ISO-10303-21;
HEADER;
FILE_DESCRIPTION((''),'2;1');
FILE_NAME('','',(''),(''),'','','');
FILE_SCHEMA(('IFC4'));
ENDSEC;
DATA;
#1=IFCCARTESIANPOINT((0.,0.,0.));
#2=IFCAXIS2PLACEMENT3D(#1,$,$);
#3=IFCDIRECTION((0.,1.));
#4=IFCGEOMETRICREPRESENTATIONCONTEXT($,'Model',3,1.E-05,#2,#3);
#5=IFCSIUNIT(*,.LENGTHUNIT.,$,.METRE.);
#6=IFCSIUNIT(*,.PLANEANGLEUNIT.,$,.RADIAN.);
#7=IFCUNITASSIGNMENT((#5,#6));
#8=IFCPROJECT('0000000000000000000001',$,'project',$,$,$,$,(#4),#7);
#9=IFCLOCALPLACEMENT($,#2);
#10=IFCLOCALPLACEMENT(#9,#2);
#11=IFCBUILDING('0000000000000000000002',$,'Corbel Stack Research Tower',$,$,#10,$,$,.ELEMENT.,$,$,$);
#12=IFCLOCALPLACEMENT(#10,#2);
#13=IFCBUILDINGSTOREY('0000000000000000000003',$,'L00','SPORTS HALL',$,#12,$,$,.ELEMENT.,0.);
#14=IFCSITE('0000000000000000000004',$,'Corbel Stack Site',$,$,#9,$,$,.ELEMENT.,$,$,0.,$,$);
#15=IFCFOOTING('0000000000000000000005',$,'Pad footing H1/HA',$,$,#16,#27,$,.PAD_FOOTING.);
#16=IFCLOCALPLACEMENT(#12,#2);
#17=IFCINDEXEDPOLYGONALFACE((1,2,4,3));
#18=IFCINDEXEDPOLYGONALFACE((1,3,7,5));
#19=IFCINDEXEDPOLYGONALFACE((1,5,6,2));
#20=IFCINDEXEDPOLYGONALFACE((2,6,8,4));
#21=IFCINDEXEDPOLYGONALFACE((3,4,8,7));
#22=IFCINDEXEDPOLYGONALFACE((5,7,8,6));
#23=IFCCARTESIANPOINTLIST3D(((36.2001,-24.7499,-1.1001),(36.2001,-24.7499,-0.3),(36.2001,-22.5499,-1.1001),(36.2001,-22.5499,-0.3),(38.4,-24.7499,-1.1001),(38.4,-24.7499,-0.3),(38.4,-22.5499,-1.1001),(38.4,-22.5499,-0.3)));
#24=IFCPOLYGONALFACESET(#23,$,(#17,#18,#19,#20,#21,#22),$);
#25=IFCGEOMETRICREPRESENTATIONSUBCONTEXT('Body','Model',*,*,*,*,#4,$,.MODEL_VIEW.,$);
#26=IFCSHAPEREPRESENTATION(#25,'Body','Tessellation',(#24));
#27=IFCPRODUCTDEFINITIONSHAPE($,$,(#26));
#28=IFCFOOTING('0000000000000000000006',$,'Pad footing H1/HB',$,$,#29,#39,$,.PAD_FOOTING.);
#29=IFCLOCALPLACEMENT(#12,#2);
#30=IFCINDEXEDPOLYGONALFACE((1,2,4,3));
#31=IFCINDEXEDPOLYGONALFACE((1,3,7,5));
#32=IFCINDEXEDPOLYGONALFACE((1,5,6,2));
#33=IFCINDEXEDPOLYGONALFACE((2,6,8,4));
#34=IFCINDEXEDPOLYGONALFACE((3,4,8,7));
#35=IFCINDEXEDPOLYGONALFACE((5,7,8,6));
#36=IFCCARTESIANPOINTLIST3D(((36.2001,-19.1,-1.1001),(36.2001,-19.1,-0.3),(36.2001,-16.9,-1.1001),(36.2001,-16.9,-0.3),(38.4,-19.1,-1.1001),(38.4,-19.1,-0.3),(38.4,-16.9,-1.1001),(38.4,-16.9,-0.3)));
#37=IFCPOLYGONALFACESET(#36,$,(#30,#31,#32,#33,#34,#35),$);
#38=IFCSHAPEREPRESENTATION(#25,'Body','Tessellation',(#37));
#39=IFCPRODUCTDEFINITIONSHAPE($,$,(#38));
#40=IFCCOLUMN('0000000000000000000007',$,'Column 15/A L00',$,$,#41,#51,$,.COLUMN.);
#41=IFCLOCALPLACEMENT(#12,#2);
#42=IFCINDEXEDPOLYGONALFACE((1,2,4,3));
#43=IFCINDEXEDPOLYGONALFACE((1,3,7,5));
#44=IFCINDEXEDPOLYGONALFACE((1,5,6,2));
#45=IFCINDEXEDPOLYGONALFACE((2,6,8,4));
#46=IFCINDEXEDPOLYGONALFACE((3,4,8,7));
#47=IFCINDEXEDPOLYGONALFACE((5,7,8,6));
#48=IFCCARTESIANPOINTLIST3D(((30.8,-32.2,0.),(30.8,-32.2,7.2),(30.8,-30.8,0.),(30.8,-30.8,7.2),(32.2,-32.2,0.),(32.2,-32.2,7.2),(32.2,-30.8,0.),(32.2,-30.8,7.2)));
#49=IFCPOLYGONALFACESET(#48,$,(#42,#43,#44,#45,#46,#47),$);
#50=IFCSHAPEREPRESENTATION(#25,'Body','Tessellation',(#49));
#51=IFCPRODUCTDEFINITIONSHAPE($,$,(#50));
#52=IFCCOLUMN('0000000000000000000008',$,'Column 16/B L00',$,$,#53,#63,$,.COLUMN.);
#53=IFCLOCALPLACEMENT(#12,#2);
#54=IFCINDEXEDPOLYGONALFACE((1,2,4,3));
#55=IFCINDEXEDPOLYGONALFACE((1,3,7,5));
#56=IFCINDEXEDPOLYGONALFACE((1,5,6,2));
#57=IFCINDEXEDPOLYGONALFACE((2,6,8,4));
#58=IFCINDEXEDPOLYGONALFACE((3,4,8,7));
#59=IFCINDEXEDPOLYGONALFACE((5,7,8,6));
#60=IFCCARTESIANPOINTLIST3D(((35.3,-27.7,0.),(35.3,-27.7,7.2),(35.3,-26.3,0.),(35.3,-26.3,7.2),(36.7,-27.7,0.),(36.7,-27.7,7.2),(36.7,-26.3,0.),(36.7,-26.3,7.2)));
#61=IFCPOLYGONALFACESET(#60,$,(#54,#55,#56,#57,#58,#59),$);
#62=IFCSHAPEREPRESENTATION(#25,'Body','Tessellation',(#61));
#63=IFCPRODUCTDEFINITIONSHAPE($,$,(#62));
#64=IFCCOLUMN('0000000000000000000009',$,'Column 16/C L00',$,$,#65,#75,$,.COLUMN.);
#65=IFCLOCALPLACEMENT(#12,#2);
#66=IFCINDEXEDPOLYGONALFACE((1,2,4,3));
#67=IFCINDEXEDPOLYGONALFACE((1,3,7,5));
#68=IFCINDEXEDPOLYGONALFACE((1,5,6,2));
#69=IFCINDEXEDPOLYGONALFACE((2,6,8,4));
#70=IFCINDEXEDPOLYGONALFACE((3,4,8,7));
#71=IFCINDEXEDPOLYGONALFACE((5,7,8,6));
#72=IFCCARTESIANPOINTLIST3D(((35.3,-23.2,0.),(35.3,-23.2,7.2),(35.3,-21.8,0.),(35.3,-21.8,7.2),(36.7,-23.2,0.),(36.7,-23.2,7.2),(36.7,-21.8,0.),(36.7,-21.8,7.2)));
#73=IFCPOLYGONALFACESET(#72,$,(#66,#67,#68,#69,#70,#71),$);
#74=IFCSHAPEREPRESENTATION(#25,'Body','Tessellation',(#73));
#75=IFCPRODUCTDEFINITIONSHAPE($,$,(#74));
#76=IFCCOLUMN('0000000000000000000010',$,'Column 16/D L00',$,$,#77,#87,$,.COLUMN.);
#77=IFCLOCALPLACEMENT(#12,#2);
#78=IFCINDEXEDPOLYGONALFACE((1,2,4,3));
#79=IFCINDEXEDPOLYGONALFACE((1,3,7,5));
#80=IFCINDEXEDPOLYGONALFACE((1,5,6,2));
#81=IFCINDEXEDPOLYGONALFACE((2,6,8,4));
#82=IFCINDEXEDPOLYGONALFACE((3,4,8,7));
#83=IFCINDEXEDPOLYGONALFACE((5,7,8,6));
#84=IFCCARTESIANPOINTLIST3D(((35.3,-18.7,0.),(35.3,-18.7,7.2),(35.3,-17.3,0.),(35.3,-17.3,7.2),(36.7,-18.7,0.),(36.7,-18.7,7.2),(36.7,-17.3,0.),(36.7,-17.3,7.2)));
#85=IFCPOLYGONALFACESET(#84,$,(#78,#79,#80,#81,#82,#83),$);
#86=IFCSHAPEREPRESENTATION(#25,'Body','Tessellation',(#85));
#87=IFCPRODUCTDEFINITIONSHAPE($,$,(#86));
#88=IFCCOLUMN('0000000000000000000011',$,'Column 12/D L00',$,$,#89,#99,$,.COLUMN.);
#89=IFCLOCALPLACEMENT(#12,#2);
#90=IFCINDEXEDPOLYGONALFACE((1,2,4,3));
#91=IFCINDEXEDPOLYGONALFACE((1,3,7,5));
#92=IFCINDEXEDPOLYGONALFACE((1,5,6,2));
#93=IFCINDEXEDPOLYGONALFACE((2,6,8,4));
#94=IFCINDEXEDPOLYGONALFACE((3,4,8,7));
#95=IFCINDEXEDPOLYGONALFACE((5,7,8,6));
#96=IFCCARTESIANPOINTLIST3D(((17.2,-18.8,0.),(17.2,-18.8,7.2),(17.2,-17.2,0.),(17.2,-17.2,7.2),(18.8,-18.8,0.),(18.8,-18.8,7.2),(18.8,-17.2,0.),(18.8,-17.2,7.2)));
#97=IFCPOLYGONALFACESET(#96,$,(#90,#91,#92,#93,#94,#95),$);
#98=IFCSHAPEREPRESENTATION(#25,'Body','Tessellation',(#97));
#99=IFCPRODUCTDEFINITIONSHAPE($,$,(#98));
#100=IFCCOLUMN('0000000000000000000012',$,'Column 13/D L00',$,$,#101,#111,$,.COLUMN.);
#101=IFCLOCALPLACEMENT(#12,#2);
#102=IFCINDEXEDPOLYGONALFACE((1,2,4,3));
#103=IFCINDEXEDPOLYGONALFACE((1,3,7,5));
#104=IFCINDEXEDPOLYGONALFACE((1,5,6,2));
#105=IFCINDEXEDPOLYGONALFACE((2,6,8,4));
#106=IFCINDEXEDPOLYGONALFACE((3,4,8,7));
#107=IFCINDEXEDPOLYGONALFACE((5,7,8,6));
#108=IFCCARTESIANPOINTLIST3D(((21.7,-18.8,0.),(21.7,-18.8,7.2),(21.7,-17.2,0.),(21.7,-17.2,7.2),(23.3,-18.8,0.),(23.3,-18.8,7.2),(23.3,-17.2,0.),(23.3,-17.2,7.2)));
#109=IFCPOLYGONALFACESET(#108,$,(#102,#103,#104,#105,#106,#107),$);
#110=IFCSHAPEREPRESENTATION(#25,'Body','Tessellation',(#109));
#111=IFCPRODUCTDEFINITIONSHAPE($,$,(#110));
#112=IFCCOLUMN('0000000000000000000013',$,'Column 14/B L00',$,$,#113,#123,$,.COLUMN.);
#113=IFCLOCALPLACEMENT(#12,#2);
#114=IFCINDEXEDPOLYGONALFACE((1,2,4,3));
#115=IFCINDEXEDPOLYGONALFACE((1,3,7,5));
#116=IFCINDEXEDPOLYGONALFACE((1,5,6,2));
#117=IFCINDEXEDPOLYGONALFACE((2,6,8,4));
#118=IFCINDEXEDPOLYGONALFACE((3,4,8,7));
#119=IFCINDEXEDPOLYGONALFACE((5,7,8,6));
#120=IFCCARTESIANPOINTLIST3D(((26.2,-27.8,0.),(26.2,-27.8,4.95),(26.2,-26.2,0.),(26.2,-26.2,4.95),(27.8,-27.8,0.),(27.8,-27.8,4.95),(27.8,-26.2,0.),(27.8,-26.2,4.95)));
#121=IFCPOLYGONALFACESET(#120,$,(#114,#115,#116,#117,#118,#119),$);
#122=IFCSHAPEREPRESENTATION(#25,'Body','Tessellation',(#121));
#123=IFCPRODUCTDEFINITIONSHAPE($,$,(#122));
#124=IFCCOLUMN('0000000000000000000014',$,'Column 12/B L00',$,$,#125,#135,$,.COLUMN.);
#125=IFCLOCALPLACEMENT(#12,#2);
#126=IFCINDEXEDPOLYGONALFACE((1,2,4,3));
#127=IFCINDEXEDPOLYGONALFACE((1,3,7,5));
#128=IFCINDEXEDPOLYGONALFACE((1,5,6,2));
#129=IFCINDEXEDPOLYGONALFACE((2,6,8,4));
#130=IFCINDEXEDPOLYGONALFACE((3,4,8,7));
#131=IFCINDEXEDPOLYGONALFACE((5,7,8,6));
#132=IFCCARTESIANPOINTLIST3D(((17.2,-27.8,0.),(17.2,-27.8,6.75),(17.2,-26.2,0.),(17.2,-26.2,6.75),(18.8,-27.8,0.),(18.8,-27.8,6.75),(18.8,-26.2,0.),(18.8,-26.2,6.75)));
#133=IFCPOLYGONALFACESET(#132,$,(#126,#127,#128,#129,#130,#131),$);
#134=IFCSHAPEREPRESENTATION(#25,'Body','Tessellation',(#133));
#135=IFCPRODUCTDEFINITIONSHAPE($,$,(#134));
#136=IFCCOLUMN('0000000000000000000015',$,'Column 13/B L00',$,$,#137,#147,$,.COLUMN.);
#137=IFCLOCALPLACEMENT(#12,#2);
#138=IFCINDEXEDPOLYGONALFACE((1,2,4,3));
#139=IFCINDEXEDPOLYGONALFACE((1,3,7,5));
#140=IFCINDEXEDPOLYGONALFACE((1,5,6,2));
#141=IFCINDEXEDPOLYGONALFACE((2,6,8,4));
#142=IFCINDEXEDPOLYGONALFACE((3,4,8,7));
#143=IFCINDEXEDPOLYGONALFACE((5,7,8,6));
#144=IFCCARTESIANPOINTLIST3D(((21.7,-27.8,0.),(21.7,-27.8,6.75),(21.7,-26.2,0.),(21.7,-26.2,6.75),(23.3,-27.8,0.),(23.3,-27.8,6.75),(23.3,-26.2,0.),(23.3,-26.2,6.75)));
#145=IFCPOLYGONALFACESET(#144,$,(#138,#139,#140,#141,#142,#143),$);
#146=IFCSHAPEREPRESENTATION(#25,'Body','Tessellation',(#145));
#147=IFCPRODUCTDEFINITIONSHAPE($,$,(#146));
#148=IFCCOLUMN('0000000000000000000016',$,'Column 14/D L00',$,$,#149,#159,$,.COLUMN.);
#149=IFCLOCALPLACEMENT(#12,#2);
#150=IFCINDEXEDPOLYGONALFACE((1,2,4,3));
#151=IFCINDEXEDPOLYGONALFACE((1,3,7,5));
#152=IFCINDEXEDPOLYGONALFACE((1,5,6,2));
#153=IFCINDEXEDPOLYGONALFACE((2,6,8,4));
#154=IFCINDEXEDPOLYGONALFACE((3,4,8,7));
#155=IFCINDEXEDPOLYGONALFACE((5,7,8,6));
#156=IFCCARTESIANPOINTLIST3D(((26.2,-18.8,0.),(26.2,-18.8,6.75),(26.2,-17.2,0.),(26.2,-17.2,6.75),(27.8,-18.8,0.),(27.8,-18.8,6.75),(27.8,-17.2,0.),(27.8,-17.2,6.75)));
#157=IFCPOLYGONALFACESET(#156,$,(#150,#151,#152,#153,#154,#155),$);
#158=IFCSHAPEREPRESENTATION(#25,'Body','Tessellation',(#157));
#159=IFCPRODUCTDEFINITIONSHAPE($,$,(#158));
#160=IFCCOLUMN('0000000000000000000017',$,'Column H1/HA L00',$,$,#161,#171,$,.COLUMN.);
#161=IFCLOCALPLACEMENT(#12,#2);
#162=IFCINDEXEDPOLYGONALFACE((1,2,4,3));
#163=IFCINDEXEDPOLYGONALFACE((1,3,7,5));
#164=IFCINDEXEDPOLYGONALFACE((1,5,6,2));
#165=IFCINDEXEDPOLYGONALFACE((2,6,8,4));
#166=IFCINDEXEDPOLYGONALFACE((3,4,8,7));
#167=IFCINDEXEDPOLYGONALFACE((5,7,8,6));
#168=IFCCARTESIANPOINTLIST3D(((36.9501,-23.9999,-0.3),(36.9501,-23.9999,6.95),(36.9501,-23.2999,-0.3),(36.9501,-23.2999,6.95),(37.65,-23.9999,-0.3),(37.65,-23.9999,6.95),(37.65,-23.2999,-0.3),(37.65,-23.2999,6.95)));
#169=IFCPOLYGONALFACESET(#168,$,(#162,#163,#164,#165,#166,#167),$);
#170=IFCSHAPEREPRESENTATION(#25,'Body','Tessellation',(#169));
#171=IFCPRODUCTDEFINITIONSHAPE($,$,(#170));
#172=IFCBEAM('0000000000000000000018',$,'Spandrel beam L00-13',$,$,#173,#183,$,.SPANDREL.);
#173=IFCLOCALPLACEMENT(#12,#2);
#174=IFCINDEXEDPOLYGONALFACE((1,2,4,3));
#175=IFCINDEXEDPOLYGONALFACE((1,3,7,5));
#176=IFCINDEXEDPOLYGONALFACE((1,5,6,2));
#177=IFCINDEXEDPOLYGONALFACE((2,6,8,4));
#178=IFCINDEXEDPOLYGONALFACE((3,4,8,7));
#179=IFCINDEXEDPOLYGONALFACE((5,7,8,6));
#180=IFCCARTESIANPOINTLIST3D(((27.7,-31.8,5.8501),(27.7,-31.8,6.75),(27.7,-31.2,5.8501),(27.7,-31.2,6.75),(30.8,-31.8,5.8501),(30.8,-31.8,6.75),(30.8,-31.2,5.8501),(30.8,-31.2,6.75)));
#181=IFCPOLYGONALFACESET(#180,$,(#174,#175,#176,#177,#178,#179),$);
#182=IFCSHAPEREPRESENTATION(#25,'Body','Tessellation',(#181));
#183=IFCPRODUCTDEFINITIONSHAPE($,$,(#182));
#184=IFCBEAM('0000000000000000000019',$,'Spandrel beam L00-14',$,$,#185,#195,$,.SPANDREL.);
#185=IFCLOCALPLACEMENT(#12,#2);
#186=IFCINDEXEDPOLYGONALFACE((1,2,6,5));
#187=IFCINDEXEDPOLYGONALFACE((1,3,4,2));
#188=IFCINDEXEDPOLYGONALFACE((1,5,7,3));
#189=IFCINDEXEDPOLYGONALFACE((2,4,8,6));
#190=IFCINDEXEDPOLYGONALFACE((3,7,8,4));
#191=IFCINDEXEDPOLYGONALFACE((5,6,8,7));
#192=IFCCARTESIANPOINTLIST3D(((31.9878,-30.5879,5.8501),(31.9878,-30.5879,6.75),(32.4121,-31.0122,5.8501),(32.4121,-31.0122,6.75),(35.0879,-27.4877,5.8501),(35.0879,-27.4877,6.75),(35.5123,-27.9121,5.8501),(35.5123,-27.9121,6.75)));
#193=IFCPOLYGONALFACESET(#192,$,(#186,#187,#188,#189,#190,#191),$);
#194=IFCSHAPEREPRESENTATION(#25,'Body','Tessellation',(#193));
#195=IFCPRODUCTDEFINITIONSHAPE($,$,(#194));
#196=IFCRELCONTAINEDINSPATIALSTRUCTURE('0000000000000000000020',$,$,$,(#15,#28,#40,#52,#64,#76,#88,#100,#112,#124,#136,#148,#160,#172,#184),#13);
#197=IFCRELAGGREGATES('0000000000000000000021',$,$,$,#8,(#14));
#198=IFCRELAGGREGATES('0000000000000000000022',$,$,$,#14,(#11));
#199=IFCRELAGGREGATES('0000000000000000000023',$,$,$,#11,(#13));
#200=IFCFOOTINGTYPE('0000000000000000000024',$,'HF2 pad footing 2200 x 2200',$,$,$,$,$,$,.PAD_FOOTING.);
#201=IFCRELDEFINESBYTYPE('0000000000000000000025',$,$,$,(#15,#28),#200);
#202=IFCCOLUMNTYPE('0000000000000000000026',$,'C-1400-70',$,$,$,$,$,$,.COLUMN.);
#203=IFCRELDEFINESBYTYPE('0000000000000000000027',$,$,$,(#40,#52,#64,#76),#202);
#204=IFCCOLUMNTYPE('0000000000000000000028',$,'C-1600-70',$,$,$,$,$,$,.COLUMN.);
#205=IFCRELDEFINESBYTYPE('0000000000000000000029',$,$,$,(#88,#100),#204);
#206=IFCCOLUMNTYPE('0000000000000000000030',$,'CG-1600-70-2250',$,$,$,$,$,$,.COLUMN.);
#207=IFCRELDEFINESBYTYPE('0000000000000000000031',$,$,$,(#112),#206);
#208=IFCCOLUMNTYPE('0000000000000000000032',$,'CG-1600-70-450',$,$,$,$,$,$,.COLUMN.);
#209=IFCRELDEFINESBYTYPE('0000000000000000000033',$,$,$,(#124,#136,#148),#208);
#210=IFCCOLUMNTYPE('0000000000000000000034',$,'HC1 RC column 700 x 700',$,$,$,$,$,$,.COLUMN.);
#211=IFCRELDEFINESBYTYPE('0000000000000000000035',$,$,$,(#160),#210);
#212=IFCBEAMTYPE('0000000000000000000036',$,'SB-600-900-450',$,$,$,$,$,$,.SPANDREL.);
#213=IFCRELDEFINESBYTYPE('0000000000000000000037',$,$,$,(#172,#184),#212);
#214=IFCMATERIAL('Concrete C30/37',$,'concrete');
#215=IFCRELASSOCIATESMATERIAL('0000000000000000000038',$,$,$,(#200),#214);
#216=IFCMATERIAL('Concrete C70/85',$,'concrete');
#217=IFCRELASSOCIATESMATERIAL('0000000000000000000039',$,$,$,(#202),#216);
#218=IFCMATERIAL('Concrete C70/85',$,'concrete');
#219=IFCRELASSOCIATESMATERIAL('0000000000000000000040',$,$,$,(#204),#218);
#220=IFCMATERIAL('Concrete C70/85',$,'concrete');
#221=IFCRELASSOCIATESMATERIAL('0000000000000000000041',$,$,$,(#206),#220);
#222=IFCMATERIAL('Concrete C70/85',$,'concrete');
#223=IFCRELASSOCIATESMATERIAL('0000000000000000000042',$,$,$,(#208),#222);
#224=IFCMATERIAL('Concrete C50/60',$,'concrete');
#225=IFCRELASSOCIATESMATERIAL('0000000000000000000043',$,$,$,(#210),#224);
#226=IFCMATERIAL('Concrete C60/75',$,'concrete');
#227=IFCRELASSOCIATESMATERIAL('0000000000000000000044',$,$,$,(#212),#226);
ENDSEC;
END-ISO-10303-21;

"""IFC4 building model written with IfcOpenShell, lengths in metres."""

from ifc_helpers import new_model, si_unit, direction, frame, origin, origin_2d, place, context, subcontext, project, spatial, rectangle, extrude, material, material_profile, profile_set, type_object, element, save


model = new_model("IFC4")

# Units and contexts
model_context = context("Model", 3, precision=1e-05, world=origin(), true_north=direction((0.0, 1.0)))
body_context = subcontext(model_context, "Body", "Model", "MODEL_VIEW")
ifc_project = project(units=[si_unit("LENGTHUNIT", "METRE"), si_unit("PLANEANGLEUNIT", "RADIAN")], contexts=[model_context])

# Site, building, storey
site_placement = place(None, origin())
site = spatial("IfcSite", under=ifc_project, at=site_placement, Name="Corbel Stack Site", CompositionType="ELEMENT", RefElevation=0.0)
building_placement = place(site_placement, origin())
building = spatial("IfcBuilding", under=site, at=building_placement, Name="Corbel Stack Research Tower", CompositionType="ELEMENT")
storey_placement = place(building_placement, origin())
storey = spatial("IfcBuildingStorey", under=building, at=storey_placement, Name="L00", Description="SPORTS HALL", CompositionType="ELEMENT", Elevation=0.0)

# Footings
ifc_material_1 = material(Name="Concrete C30/37", Category="concrete")
footing_type = type_object("IfcFootingType", Name="HF2 pad footing 2200 x 2200", PredefinedType="PAD_FOOTING", material=ifc_material_1)
for number, where, z_axis, x_axis, name in (
    (1, (37.3, -23.6499, -1.1001), (0.0, 0.0, 1.0), (1.0, 0.0, 0.0), "Pad footing H1/HA"),
    (2, (37.3, -18.0, -1.1001), (0.0, 0.0, 1.0), (1.0, 0.0, 0.0), "Pad footing H1/HB"),
):
    element("IfcFooting", number, at=place(storey_placement, frame(where, z_axis=z_axis, x_axis=x_axis)), inside=storey, type_object=footing_type, Name=name, PredefinedType="PAD_FOOTING", context=body_context, shape_type="SweptSolid", body=[
        extrude(rectangle(XDim=2.2, YDim=2.2, at=origin_2d()), origin(), (0.0, 0.0, 1.0), 0.8),
    ])

# Columns
ifc_material_2 = material(Name="Concrete C70/85", Category="concrete")
ifc_material_profile_1 = material_profile(ifc_material_2, rectangle(XDim=1.3999, YDim=1.3999, at=origin_2d()), Name="RC 1400 x 1400")
ifc_profile_set_1 = profile_set([ifc_material_profile_1], Name="Concrete C70/85")
column_type_1 = type_object("IfcColumnType", Name="C-1400-70", PredefinedType="COLUMN", material=ifc_profile_set_1)
for number, where, z_axis, x_axis, name in (
    (3, (31.5, -31.5, 0.0), (0.0, 0.0, 1.0), (1.0, 0.0, 0.0), "Column 15/A L00"),
    (4, (36.0, -27.0, 0.0), (0.0, 0.0, 1.0), (1.0, 0.0, 0.0), "Column 16/B L00"),
    (5, (36.0, -22.5, 0.0), (0.0, 0.0, 1.0), (1.0, 0.0, 0.0), "Column 16/C L00"),
    (6, (36.0, -18.0, 0.0), (0.0, 0.0, 1.0), (1.0, 0.0, 0.0), "Column 16/D L00"),
):
    element("IfcColumn", number, at=place(storey_placement, frame(where, z_axis=z_axis, x_axis=x_axis)), inside=storey, type_object=column_type_1, Name=name, PredefinedType="COLUMN", context=body_context, shape_type="SweptSolid", body=[
        extrude(rectangle(XDim=1.3999, YDim=1.3999, at=origin_2d()), origin(), (0.0, 0.0, 1.0), 7.2),
    ])
ifc_material_3 = material(Name="Concrete C70/85", Category="concrete")
ifc_material_profile_2 = material_profile(ifc_material_3, rectangle(XDim=1.6001, YDim=1.6001, at=origin_2d()), Name="RC 1600 x 1600")
ifc_profile_set_2 = profile_set([ifc_material_profile_2], Name="Concrete C70/85")
column_type_2 = type_object("IfcColumnType", Name="C-1600-70", PredefinedType="COLUMN", material=ifc_profile_set_2)
for number, where, z_axis, x_axis, name in (
    (7, (18.0, -18.0, 0.0), (0.0, 0.0, 1.0), (1.0, 0.0, 0.0), "Column 12/D L00"),
    (8, (22.5, -18.0, 0.0), (0.0, 0.0, 1.0), (1.0, 0.0, 0.0), "Column 13/D L00"),
):
    element("IfcColumn", number, at=place(storey_placement, frame(where, z_axis=z_axis, x_axis=x_axis)), inside=storey, type_object=column_type_2, Name=name, PredefinedType="COLUMN", context=body_context, shape_type="SweptSolid", body=[
        extrude(rectangle(XDim=1.6001, YDim=1.6001, at=origin_2d()), origin(), (0.0, 0.0, 1.0), 7.2),
    ])
ifc_material_4 = material(Name="Concrete C70/85", Category="concrete")
ifc_material_profile_3 = material_profile(ifc_material_4, rectangle(XDim=1.6001, YDim=1.6001, at=origin_2d()), Name="RC 1600 x 1600")
ifc_profile_set_3 = profile_set([ifc_material_profile_3], Name="Concrete C70/85")
column_type_3 = type_object("IfcColumnType", Name="CG-1600-70-2250", PredefinedType="COLUMN", material=ifc_profile_set_3)
column_1_placement = place(storey_placement, frame((27.0, -27.0, 0.0), z_axis=(0.0, 0.0, 1.0), x_axis=(1.0, 0.0, 0.0)))
element("IfcColumn", 9, at=column_1_placement, inside=storey, type_object=column_type_3, Name="Column 14/B L00", PredefinedType="COLUMN", context=body_context, shape_type="SweptSolid", body=[
    extrude(rectangle(XDim=1.6001, YDim=1.6001, at=origin_2d()), origin(), (0.0, 0.0, 1.0), 4.95),
])
ifc_material_5 = material(Name="Concrete C70/85", Category="concrete")
ifc_material_profile_4 = material_profile(ifc_material_5, rectangle(XDim=1.6001, YDim=1.6001, at=origin_2d()), Name="RC 1600 x 1600")
ifc_profile_set_4 = profile_set([ifc_material_profile_4], Name="Concrete C70/85")
column_type_4 = type_object("IfcColumnType", Name="CG-1600-70-450", PredefinedType="COLUMN", material=ifc_profile_set_4)
for number, where, z_axis, x_axis, name in (
    (10, (18.0, -27.0, 0.0), (0.0, 0.0, 1.0), (1.0, 0.0, 0.0), "Column 12/B L00"),
    (11, (22.5, -27.0, 0.0), (0.0, 0.0, 1.0), (1.0, 0.0, 0.0), "Column 13/B L00"),
    (12, (27.0, -18.0, 0.0), (0.0, 0.0, 1.0), (1.0, 0.0, 0.0), "Column 14/D L00"),
):
    element("IfcColumn", number, at=place(storey_placement, frame(where, z_axis=z_axis, x_axis=x_axis)), inside=storey, type_object=column_type_4, Name=name, PredefinedType="COLUMN", context=body_context, shape_type="SweptSolid", body=[
        extrude(rectangle(XDim=1.6001, YDim=1.6001, at=origin_2d()), origin(), (0.0, 0.0, 1.0), 6.75),
    ])
ifc_material_6 = material(Name="Concrete C50/60", Category="concrete")
ifc_material_profile_5 = material_profile(ifc_material_6, rectangle(XDim=0.7, YDim=0.7, at=origin_2d()), Name="RC 700 x 700")
ifc_profile_set_5 = profile_set([ifc_material_profile_5], Name="Concrete C50/60")
column_type_5 = type_object("IfcColumnType", Name="HC1 RC column 700 x 700", PredefinedType="COLUMN", material=ifc_profile_set_5)
column_2_placement = place(storey_placement, frame((37.3, -23.6499, -0.3), z_axis=(0.0, 0.0, 1.0), x_axis=(1.0, 0.0, 0.0)))
element("IfcColumn", 13, at=column_2_placement, inside=storey, type_object=column_type_5, Name="Column H1/HA L00", PredefinedType="COLUMN", context=body_context, shape_type="SweptSolid", body=[
    extrude(rectangle(XDim=0.7, YDim=0.7, at=origin_2d()), origin(), (0.0, 0.0, 1.0), 7.25),
])

# Beams
ifc_material_7 = material(Name="Concrete C60/75", Category="concrete")
ifc_material_profile_6 = material_profile(ifc_material_7, rectangle(XDim=0.6001, YDim=0.8999, at=origin_2d()), Name="RC 600 x 900")
ifc_profile_set_6 = profile_set([ifc_material_profile_6], Name="Concrete C60/75")
beam_type_1 = type_object("IfcBeamType", Name="SB-600-900-450", PredefinedType="SPANDREL", material=ifc_profile_set_6)
beam_1_placement = place(storey_placement, frame((27.7, -31.5, 6.3), z_axis=(1.0, 0.0, 0.0), x_axis=(0.0, 1.0, 0.0)))
element("IfcBeam", 14, at=beam_1_placement, inside=storey, type_object=beam_type_1, Name="Spandrel beam L00-13", PredefinedType="SPANDREL", context=body_context, shape_type="SweptSolid", body=[
    extrude(rectangle(XDim=0.6001, YDim=0.8999, at=origin_2d()), origin(), (0.0, 0.0, 1.0), 3.1001),
])
beam_2_placement = place(storey_placement, frame((32.2, -30.8, 6.3), z_axis=(0.707107, 0.707107, 0.0), x_axis=(-0.707107, 0.707107, 0.0)))
element("IfcBeam", 15, at=beam_2_placement, inside=storey, type_object=beam_type_1, Name="Spandrel beam L00-14", PredefinedType="SPANDREL", context=body_context, shape_type="SweptSolid", body=[
    extrude(rectangle(XDim=0.6001, YDim=0.8999, at=origin_2d()), origin(), (0.0, 0.0, 1.0), 4.3843),
])

save(model, "model.ifc")
